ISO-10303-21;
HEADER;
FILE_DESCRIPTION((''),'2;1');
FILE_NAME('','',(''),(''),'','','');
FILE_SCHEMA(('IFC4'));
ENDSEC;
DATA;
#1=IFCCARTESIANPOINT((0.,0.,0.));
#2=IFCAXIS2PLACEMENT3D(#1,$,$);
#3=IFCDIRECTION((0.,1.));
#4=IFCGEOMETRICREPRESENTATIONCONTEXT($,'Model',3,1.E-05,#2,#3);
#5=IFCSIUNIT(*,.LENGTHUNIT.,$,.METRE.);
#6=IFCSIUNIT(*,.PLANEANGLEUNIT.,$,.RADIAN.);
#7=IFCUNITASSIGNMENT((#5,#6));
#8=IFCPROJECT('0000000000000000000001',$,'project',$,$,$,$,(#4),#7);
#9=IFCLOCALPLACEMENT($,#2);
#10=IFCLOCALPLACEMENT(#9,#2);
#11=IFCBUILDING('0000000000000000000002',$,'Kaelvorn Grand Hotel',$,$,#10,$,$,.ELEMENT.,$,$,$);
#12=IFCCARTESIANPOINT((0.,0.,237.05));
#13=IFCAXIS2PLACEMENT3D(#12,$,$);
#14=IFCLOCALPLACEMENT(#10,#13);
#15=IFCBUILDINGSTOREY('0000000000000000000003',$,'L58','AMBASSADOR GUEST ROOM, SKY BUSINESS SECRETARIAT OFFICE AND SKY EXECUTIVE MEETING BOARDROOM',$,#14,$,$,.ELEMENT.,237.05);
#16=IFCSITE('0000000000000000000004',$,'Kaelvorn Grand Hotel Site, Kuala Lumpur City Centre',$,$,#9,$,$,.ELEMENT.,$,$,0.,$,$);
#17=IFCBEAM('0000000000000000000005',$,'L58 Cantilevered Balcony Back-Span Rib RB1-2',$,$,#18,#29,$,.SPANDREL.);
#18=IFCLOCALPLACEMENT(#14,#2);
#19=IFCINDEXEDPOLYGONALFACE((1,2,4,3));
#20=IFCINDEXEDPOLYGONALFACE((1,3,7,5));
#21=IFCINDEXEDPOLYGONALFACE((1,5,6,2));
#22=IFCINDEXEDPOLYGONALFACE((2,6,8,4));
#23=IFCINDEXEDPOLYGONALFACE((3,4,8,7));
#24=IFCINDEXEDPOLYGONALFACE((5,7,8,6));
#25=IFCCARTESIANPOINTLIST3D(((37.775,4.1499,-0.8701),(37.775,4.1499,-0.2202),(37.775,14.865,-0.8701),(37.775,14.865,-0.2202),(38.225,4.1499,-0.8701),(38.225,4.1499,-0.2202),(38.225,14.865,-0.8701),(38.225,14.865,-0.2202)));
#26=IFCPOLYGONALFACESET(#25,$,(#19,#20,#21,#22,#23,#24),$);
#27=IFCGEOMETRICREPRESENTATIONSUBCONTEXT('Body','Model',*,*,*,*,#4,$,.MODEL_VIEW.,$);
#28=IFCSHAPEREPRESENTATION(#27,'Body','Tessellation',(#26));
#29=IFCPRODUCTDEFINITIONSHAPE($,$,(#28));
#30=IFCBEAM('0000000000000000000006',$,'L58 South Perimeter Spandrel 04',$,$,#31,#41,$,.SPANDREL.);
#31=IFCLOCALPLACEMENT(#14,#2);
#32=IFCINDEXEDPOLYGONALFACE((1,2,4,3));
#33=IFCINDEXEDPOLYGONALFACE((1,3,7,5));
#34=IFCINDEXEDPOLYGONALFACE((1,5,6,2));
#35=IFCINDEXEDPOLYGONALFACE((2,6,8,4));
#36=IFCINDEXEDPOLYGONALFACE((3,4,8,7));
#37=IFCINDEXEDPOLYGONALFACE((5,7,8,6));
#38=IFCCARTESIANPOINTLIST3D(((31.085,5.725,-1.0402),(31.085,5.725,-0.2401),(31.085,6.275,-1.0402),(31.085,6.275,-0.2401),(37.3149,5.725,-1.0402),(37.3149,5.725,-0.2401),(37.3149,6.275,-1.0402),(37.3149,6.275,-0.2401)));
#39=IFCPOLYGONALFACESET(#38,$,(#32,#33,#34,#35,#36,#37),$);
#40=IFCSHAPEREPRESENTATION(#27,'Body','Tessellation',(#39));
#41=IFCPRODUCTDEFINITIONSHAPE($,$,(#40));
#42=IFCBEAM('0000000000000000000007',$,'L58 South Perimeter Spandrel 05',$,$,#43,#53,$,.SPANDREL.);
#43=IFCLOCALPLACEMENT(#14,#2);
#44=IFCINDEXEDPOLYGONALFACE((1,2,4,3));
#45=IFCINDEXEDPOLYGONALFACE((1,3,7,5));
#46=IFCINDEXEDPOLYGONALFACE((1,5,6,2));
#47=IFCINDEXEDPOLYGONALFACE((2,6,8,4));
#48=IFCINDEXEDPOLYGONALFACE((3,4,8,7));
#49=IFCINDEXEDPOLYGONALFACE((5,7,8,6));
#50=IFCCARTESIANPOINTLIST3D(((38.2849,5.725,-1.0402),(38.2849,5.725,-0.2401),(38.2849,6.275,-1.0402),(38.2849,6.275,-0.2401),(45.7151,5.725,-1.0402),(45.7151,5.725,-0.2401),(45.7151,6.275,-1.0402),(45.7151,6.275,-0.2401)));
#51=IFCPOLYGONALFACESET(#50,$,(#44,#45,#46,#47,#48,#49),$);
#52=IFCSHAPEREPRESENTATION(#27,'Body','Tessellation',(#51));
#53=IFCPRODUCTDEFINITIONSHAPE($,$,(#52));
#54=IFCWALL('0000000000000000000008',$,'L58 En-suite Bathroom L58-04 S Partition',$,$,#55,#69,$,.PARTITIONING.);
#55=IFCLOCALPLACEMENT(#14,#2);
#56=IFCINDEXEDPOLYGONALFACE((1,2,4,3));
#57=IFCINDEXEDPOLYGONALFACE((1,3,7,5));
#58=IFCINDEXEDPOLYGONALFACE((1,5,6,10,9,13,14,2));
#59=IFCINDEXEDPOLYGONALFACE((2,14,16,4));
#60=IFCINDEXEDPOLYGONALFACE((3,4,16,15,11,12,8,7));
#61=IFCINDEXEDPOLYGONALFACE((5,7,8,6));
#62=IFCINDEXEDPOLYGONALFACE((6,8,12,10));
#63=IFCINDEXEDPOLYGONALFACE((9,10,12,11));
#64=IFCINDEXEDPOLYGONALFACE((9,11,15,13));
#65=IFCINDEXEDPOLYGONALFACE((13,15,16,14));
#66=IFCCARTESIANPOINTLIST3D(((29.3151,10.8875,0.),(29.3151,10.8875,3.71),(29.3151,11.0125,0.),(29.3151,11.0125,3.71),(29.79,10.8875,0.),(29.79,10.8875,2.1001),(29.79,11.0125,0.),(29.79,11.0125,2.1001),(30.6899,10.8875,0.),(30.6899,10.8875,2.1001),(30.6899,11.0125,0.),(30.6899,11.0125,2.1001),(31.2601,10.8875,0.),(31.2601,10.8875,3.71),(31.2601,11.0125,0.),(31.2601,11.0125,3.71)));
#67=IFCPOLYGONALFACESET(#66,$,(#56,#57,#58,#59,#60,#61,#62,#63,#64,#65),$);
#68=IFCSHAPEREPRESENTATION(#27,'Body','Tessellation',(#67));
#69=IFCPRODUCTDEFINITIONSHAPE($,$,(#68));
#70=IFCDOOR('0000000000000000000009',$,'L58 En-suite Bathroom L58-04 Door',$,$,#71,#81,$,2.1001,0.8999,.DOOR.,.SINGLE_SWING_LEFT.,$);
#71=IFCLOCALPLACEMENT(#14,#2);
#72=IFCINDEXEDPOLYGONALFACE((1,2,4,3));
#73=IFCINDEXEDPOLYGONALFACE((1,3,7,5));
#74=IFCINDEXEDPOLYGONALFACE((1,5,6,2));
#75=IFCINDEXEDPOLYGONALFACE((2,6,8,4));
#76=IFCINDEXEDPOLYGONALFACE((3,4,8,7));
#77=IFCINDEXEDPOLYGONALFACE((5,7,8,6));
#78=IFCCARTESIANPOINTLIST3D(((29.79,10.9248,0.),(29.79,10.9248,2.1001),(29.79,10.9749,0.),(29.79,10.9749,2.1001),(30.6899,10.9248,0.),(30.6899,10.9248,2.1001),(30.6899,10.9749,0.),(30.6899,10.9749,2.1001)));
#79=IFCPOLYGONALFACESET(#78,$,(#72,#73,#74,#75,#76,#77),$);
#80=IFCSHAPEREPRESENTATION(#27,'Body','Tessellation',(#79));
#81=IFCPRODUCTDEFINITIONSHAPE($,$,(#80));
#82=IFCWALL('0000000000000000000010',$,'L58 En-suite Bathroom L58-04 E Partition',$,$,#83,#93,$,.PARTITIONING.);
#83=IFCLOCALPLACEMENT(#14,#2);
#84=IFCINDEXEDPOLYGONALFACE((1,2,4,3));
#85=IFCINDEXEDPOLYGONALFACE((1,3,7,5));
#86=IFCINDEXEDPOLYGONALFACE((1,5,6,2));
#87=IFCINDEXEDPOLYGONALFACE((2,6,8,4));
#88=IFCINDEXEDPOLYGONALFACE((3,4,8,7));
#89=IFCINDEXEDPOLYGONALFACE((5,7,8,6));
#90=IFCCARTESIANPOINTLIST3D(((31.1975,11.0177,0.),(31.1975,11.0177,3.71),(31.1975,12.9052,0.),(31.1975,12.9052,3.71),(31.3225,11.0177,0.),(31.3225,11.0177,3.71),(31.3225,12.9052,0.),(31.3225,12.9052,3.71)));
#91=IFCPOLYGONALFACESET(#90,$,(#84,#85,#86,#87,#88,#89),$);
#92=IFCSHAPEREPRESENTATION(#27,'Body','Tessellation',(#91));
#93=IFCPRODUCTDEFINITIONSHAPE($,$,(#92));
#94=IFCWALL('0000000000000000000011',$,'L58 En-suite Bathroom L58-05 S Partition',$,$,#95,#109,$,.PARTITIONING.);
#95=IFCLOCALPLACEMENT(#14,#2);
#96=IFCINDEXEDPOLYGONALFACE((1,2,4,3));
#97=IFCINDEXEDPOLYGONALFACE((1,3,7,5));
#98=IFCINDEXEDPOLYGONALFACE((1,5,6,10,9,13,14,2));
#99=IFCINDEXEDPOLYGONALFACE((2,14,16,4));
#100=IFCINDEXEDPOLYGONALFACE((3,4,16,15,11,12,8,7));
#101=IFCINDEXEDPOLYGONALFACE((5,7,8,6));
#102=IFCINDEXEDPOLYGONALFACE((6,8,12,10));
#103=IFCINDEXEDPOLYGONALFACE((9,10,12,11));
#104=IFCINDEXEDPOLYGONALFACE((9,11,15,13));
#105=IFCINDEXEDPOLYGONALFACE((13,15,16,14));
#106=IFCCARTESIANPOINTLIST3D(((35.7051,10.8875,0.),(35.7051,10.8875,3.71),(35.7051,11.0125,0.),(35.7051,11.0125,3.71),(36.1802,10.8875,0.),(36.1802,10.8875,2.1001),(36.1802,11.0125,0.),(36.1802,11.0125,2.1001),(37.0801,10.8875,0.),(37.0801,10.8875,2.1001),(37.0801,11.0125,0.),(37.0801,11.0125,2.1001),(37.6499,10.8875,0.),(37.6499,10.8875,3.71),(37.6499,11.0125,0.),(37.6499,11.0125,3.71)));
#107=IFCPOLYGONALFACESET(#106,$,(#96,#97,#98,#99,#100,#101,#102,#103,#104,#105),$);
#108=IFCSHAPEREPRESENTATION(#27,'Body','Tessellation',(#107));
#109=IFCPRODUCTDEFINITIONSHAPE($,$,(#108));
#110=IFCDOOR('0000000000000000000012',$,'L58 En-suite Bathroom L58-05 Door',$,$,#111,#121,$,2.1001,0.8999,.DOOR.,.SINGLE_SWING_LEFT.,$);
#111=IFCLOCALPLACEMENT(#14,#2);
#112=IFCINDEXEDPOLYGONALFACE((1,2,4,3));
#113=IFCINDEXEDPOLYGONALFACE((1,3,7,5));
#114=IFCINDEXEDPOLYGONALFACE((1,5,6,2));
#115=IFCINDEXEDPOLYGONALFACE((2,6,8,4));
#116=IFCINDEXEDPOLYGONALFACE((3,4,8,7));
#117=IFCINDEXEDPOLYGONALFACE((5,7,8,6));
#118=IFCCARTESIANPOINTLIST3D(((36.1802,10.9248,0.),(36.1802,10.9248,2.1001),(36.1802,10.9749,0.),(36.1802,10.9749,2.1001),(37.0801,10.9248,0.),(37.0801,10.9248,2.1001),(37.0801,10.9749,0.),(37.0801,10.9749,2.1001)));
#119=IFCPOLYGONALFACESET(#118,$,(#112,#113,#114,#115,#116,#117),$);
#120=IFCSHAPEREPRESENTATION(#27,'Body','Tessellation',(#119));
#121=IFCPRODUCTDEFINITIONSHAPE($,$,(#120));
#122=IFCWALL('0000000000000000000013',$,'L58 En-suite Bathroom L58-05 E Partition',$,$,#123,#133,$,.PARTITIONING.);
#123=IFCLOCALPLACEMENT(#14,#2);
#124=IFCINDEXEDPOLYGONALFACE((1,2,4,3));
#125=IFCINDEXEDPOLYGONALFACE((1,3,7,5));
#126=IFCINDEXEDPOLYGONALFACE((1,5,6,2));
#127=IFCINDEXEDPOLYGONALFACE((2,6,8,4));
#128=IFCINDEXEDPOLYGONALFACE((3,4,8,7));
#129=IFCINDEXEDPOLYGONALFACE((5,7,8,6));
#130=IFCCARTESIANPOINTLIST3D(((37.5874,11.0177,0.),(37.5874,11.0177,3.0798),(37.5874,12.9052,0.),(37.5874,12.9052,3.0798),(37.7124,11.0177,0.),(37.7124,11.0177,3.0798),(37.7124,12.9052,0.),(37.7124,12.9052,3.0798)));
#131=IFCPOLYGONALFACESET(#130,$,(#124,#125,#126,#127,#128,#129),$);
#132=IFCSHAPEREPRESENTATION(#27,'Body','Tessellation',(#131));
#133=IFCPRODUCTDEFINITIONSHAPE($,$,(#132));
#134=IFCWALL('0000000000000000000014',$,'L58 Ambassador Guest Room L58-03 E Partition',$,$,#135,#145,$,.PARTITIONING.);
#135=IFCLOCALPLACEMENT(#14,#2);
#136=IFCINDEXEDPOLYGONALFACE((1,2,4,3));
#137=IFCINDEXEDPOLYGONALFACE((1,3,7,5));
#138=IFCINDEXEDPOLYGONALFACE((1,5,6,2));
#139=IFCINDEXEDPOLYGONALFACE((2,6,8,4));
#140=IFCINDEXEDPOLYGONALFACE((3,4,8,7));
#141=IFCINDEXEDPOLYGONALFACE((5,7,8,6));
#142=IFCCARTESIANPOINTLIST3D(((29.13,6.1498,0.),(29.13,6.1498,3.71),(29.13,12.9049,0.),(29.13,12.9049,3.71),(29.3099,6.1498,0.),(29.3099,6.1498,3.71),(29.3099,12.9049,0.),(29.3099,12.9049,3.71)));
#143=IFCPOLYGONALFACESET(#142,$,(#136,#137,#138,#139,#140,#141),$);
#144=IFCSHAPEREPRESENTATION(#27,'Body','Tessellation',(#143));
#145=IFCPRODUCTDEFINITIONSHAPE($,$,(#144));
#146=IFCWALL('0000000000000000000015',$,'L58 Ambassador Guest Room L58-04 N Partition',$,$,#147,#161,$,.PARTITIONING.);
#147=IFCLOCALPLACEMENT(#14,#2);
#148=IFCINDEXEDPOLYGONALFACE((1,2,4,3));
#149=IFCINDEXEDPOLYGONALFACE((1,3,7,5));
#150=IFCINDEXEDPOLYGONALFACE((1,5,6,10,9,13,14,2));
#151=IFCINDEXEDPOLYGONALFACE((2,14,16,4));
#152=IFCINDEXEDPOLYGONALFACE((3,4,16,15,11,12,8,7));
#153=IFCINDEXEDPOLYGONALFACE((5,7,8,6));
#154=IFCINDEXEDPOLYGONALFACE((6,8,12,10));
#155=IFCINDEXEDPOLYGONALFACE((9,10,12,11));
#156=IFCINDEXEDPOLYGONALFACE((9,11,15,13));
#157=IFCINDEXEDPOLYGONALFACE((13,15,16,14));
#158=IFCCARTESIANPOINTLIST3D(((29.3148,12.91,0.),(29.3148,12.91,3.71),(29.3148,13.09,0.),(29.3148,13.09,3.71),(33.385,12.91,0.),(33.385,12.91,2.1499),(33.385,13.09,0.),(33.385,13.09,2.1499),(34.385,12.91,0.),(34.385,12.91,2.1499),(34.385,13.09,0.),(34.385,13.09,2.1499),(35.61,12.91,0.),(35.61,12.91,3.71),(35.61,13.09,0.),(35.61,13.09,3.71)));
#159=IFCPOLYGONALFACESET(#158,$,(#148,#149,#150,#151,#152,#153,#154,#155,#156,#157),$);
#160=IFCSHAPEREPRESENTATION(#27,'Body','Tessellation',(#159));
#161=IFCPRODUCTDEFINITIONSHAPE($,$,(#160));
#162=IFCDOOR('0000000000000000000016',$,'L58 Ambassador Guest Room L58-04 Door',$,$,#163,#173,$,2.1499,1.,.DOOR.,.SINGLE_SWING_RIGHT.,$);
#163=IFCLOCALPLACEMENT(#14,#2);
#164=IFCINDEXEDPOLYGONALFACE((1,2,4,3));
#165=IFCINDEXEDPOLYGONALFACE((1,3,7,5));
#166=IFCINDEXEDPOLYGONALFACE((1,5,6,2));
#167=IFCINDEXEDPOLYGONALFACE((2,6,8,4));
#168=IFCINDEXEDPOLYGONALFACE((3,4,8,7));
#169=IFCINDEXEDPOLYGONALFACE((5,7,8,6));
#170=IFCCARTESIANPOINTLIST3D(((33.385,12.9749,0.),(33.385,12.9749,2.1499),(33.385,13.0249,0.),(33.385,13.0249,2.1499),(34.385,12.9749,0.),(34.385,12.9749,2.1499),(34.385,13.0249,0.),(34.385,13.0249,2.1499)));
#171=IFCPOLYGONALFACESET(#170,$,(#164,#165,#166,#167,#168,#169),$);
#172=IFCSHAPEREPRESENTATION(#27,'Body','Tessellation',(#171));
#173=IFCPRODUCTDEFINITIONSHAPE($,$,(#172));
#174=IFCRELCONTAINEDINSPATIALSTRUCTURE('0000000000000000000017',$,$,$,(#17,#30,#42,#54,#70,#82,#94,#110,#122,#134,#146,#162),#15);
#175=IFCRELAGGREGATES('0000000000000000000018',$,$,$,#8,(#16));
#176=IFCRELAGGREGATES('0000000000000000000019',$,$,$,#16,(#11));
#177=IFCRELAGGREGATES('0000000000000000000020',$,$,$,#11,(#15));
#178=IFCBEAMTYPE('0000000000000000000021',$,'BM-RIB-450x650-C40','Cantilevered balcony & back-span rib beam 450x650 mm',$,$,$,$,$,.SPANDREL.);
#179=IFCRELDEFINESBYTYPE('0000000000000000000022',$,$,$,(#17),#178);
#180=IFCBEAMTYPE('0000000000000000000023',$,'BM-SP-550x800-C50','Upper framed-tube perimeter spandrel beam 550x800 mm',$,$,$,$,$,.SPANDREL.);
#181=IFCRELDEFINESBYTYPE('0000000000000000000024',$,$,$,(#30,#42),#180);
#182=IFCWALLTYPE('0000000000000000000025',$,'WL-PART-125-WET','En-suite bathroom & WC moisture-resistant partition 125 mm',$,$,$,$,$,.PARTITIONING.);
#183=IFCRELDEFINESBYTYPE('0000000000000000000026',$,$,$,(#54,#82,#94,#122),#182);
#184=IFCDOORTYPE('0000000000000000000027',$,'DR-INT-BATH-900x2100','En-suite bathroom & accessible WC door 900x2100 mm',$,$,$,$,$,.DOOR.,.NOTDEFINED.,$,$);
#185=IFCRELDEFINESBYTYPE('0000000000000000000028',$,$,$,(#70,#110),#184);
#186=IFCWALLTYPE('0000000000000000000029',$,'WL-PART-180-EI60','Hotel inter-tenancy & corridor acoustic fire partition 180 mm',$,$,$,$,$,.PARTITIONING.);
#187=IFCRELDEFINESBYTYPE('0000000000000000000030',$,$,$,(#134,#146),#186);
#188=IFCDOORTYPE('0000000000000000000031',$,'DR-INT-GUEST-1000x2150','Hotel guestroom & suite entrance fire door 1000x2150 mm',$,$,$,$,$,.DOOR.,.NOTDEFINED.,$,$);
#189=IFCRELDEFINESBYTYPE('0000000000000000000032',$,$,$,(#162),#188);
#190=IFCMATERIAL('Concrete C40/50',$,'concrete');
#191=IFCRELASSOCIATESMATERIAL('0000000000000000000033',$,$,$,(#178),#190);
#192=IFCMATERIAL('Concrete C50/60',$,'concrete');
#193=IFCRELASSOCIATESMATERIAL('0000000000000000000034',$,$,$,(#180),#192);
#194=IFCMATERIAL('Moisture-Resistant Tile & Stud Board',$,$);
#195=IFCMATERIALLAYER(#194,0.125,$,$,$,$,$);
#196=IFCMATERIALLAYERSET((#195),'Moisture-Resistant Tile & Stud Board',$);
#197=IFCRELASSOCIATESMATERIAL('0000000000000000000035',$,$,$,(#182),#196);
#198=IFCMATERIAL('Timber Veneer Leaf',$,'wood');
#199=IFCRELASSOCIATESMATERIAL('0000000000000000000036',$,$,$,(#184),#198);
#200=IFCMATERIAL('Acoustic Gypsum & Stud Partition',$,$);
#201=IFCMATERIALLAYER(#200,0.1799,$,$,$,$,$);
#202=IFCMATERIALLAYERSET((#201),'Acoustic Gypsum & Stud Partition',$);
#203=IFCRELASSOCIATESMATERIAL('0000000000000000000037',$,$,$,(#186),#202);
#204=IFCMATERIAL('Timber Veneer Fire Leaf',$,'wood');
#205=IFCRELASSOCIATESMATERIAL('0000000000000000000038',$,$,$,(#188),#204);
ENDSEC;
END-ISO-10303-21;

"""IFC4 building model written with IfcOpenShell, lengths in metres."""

from ifc_helpers import new_model, si_unit, direction, frame, frame_2d, origin, origin_2d, place, context, subcontext, project, spatial, rectangle, extrude, material, layer, layer_set, material_profile, profile_set, type_object, element, fill, save


model = new_model("IFC4")

# Units and contexts
model_context = context("Model", 3, precision=1e-05, world=origin(), true_north=direction((0.0, 1.0)))
body_context = subcontext(model_context, "Body", "Model", "MODEL_VIEW")
ifc_project = project(units=[si_unit("LENGTHUNIT", "METRE"), si_unit("PLANEANGLEUNIT", "RADIAN")], contexts=[model_context])

# Site, building, storey
site_placement = place(None, origin())
site = spatial("IfcSite", under=ifc_project, at=site_placement, Name="Kaelvorn Grand Hotel Site, Kuala Lumpur City Centre", CompositionType="ELEMENT", RefElevation=0.0)
building_placement = place(site_placement, origin())
building = spatial("IfcBuilding", under=site, at=building_placement, Name="Kaelvorn Grand Hotel", CompositionType="ELEMENT")
storey_placement = place(building_placement, frame((0.0, 0.0, 237.05)))
storey = spatial("IfcBuildingStorey", under=building, at=storey_placement, Name="L58", Description="AMBASSADOR GUEST ROOM, SKY BUSINESS SECRETARIAT OFFICE AND SKY EXECUTIVE MEETING BOARDROOM", CompositionType="ELEMENT", Elevation=237.05)

# Shared definitions
ifc_material_1 = material(Name="Concrete C50/60", Category="concrete")

# Beams
ifc_material_2 = material(Name="Concrete C40/50", Category="concrete")
ifc_material_profile_1 = material_profile(ifc_material_2, rectangle(XDim=0.45, YDim=0.6499, at=origin_2d()), Name="RC RIB 450x650")
ifc_profile_set_1 = profile_set([ifc_material_profile_1], Name="Concrete C40/50")
beam_type_1 = type_object("IfcBeamType", Name="BM-RIB-450x650-C40", Description="Cantilevered balcony & back-span rib beam 450x650 mm", PredefinedType="SPANDREL", material=ifc_profile_set_1)
beam_1_placement = place(storey_placement, frame((38.0, 4.1499, -0.5452), z_axis=(0.0, 1.0, 0.0), x_axis=(-1.0, 0.0, 0.0)))
element("IfcBeam", 1, at=beam_1_placement, inside=storey, type_object=beam_type_1, Name="L58 Cantilevered Balcony Back-Span Rib RB1-2", PredefinedType="SPANDREL", context=body_context, shape_type="SweptSolid", body=[
    extrude(rectangle(XDim=0.45, YDim=0.6499, at=origin_2d()), origin(), (0.0, 0.0, 1.0), 10.7151),
])
ifc_material_profile_2 = material_profile(ifc_material_1, rectangle(XDim=0.55, YDim=0.8, at=origin_2d()), Name="RC SPANDREL 550x800")
ifc_profile_set_2 = profile_set([ifc_material_profile_2], Name="Concrete C50/60")
beam_type_2 = type_object("IfcBeamType", Name="BM-SP-550x800-C50", Description="Upper framed-tube perimeter spandrel beam 550x800 mm", PredefinedType="SPANDREL", material=ifc_profile_set_2)
beam_2_placement = place(storey_placement, frame((31.085, 6.0, -0.6401), z_axis=(1.0, 0.0, 0.0), x_axis=(0.0, 1.0, 0.0)))
element("IfcBeam", 2, at=beam_2_placement, inside=storey, type_object=beam_type_2, Name="L58 South Perimeter Spandrel 04", PredefinedType="SPANDREL", context=body_context, shape_type="SweptSolid", body=[
    extrude(rectangle(XDim=0.55, YDim=0.8, at=origin_2d()), origin(), (0.0, 0.0, 1.0), 6.23),
])
beam_3_placement = place(storey_placement, frame((38.2849, 6.0, -0.6401), z_axis=(1.0, 0.0, 0.0), x_axis=(0.0, 1.0, 0.0)))
element("IfcBeam", 3, at=beam_3_placement, inside=storey, type_object=beam_type_2, Name="L58 South Perimeter Spandrel 05", PredefinedType="SPANDREL", context=body_context, shape_type="SweptSolid", body=[
    extrude(rectangle(XDim=0.55, YDim=0.8, at=origin_2d()), origin(), (0.0, 0.0, 1.0), 7.4302),
])

# Wall, opening, door
ifc_material_3 = material(Name="Moisture-Resistant Tile & Stud Board")
ifc_layer_1 = layer(ifc_material_3, 0.125)
ifc_layer_set_1 = layer_set([ifc_layer_1], Name="Moisture-Resistant Tile & Stud Board")
wall_type_1 = type_object("IfcWallType", Name="WL-PART-125-WET", Description="En-suite bathroom & WC moisture-resistant partition 125 mm", PredefinedType="PARTITIONING", material=ifc_layer_set_1)
wall_1_placement = place(storey_placement, frame((29.3149, 10.95, 0.0), z_axis=(0.0, 0.0, 1.0), x_axis=(1.0, 0.0, 0.0)))
wall_1 = element("IfcWall", 4, at=wall_1_placement, inside=storey, type_object=wall_type_1, Name="L58 En-suite Bathroom L58-04 S Partition", PredefinedType="PARTITIONING", context=body_context, shape_type="SweptSolid", body=[
    extrude(rectangle(XDim=1.9451, YDim=0.125, at=frame_2d((0.9727, 0.0))), origin(), (0.0, 0.0, 1.0), 3.71),
])
opening_1_placement = place(wall_1_placement, frame((0.4751, 0.0, 0.0)))
opening_1 = element("IfcOpeningElement", 5, at=opening_1_placement, cuts=wall_1, PredefinedType="OPENING", context=body_context, shape_type="SweptSolid", body=[
    extrude(rectangle(XDim=0.8999, YDim=2.1001, at=frame_2d((0.45, 1.05))), frame((0.0, 0.0725, 0.0), z_axis=(0.0, -1.0, 0.0), x_axis=(1.0, 0.0, 0.0)), (0.0, 0.0, 1.0), 0.145),
])
ifc_material_4 = material(Name="Timber Veneer Leaf", Category="wood")
door_type_1 = type_object("IfcDoorType", Name="DR-INT-BATH-900x2100", Description="En-suite bathroom & accessible WC door 900x2100 mm", OperationType="NOTDEFINED", PredefinedType="DOOR", material=ifc_material_4)
door_1_placement = place(opening_1_placement, origin())
door_1 = element("IfcDoor", 6, at=door_1_placement, inside=storey, type_object=door_type_1, Name="L58 En-suite Bathroom L58-04 Door", OperationType="SINGLE_SWING_LEFT", OverallHeight=2.1001, OverallWidth=0.8999, PredefinedType="DOOR", context=body_context, shape_type="SweptSolid", body=[
    extrude(rectangle(XDim=0.8999, YDim=2.1001, at=frame_2d((0.45, 1.05))), frame((0.0, 0.0249, 0.0), z_axis=(0.0, -1.0, 0.0), x_axis=(1.0, 0.0, 0.0)), (0.0, 0.0, 1.0), 0.05),
])
fill(opening_1, door_1)

# Wall
wall_2_placement = place(storey_placement, frame((31.26, 11.0176, 0.0), z_axis=(0.0, 0.0, 1.0), x_axis=(0.0, 1.0, 0.0)))
element("IfcWall", 7, at=wall_2_placement, inside=storey, type_object=wall_type_1, Name="L58 En-suite Bathroom L58-04 E Partition", PredefinedType="PARTITIONING", context=body_context, shape_type="SweptSolid", body=[
    extrude(rectangle(XDim=1.8875, YDim=0.125, at=frame_2d((0.9438, 0.0))), origin(), (0.0, 0.0, 1.0), 3.71),
])

# Wall, opening, door
wall_3_placement = place(storey_placement, frame((35.7051, 10.95, 0.0), z_axis=(0.0, 0.0, 1.0), x_axis=(1.0, 0.0, 0.0)))
wall_3 = element("IfcWall", 8, at=wall_3_placement, inside=storey, type_object=wall_type_1, Name="L58 En-suite Bathroom L58-05 S Partition", PredefinedType="PARTITIONING", context=body_context, shape_type="SweptSolid", body=[
    extrude(rectangle(XDim=1.9448, YDim=0.125, at=frame_2d((0.9724, 0.0))), origin(), (0.0, 0.0, 1.0), 3.71),
])
opening_2_placement = place(wall_3_placement, frame((0.4751, 0.0, 0.0)))
opening_2 = element("IfcOpeningElement", 9, at=opening_2_placement, cuts=wall_3, PredefinedType="OPENING", context=body_context, shape_type="SweptSolid", body=[
    extrude(rectangle(XDim=0.8999, YDim=2.1001, at=frame_2d((0.45, 1.05))), frame((0.0, 0.0725, 0.0), z_axis=(0.0, -1.0, 0.0), x_axis=(1.0, 0.0, 0.0)), (0.0, 0.0, 1.0), 0.145),
])
door_2_placement = place(opening_2_placement, origin())
door_2 = element("IfcDoor", 10, at=door_2_placement, inside=storey, type_object=door_type_1, Name="L58 En-suite Bathroom L58-05 Door", OperationType="SINGLE_SWING_LEFT", OverallHeight=2.1001, OverallWidth=0.8999, PredefinedType="DOOR", context=body_context, shape_type="SweptSolid", body=[
    extrude(rectangle(XDim=0.8999, YDim=2.1001, at=frame_2d((0.45, 1.05))), frame((0.0, 0.0249, 0.0), z_axis=(0.0, -1.0, 0.0), x_axis=(1.0, 0.0, 0.0)), (0.0, 0.0, 1.0), 0.05),
])
fill(opening_2, door_2)

# Walls
wall_4_placement = place(storey_placement, frame((37.6499, 11.0176, 0.0), z_axis=(0.0, 0.0, 1.0), x_axis=(0.0, 1.0, 0.0)))
element("IfcWall", 11, at=wall_4_placement, inside=storey, type_object=wall_type_1, Name="L58 En-suite Bathroom L58-05 E Partition", PredefinedType="PARTITIONING", context=body_context, shape_type="SweptSolid", body=[
    extrude(rectangle(XDim=1.8875, YDim=0.125, at=frame_2d((0.9438, 0.0))), origin(), (0.0, 0.0, 1.0), 3.0798),
])
ifc_material_5 = material(Name="Acoustic Gypsum & Stud Partition")
ifc_layer_2 = layer(ifc_material_5, 0.1799)
ifc_layer_set_2 = layer_set([ifc_layer_2], Name="Acoustic Gypsum & Stud Partition")
wall_type_2 = type_object("IfcWallType", Name="WL-PART-180-EI60", Description="Hotel inter-tenancy & corridor acoustic fire partition 180 mm", PredefinedType="PARTITIONING", material=ifc_layer_set_2)
wall_5_placement = place(storey_placement, frame((29.22, 6.1499, 0.0), z_axis=(0.0, 0.0, 1.0), x_axis=(0.0, 1.0, 0.0)))
element("IfcWall", 12, at=wall_5_placement, inside=storey, type_object=wall_type_2, Name="L58 Ambassador Guest Room L58-03 E Partition", PredefinedType="PARTITIONING", context=body_context, shape_type="SweptSolid", body=[
    extrude(rectangle(XDim=6.7551, YDim=0.1799, at=frame_2d((3.3774, 0.0))), origin(), (0.0, 0.0, 1.0), 3.71),
])

# Wall, opening, door
wall_6_placement = place(storey_placement, frame((29.3149, 13.0, 0.0), z_axis=(0.0, 0.0, 1.0), x_axis=(1.0, 0.0, 0.0)))
wall_6 = element("IfcWall", 13, at=wall_6_placement, inside=storey, type_object=wall_type_2, Name="L58 Ambassador Guest Room L58-04 N Partition", PredefinedType="PARTITIONING", context=body_context, shape_type="SweptSolid", body=[
    extrude(rectangle(XDim=6.2952, YDim=0.1799, at=frame_2d((3.1475, 0.0))), origin(), (0.0, 0.0, 1.0), 3.71),
])
opening_3_placement = place(wall_6_placement, frame((4.0701, 0.0, 0.0)))
opening_3 = element("IfcOpeningElement", 14, at=opening_3_placement, cuts=wall_6, PredefinedType="OPENING", context=body_context, shape_type="SweptSolid", body=[
    extrude(rectangle(XDim=1.0, YDim=2.1499, at=frame_2d((0.5, 1.075))), frame((0.0, 0.1001, 0.0), z_axis=(0.0, -1.0, 0.0), x_axis=(1.0, 0.0, 0.0)), (0.0, 0.0, 1.0), 0.2),
])
ifc_material_6 = material(Name="Timber Veneer Fire Leaf", Category="wood")
door_type_2 = type_object("IfcDoorType", Name="DR-INT-GUEST-1000x2150", Description="Hotel guestroom & suite entrance fire door 1000x2150 mm", OperationType="NOTDEFINED", PredefinedType="DOOR", material=ifc_material_6)
door_3_placement = place(opening_3_placement, origin())
door_3 = element("IfcDoor", 15, at=door_3_placement, inside=storey, type_object=door_type_2, Name="L58 Ambassador Guest Room L58-04 Door", OperationType="SINGLE_SWING_RIGHT", OverallHeight=2.1499, OverallWidth=1.0, PredefinedType="DOOR", context=body_context, shape_type="SweptSolid", body=[
    extrude(rectangle(XDim=1.0, YDim=2.1499, at=frame_2d((0.5, 1.075))), frame((0.0, 0.0249, 0.0), z_axis=(0.0, -1.0, 0.0), x_axis=(1.0, 0.0, 0.0)), (0.0, 0.0, 1.0), 0.05),
])
fill(opening_3, door_3)

save(model, "model.ifc")
